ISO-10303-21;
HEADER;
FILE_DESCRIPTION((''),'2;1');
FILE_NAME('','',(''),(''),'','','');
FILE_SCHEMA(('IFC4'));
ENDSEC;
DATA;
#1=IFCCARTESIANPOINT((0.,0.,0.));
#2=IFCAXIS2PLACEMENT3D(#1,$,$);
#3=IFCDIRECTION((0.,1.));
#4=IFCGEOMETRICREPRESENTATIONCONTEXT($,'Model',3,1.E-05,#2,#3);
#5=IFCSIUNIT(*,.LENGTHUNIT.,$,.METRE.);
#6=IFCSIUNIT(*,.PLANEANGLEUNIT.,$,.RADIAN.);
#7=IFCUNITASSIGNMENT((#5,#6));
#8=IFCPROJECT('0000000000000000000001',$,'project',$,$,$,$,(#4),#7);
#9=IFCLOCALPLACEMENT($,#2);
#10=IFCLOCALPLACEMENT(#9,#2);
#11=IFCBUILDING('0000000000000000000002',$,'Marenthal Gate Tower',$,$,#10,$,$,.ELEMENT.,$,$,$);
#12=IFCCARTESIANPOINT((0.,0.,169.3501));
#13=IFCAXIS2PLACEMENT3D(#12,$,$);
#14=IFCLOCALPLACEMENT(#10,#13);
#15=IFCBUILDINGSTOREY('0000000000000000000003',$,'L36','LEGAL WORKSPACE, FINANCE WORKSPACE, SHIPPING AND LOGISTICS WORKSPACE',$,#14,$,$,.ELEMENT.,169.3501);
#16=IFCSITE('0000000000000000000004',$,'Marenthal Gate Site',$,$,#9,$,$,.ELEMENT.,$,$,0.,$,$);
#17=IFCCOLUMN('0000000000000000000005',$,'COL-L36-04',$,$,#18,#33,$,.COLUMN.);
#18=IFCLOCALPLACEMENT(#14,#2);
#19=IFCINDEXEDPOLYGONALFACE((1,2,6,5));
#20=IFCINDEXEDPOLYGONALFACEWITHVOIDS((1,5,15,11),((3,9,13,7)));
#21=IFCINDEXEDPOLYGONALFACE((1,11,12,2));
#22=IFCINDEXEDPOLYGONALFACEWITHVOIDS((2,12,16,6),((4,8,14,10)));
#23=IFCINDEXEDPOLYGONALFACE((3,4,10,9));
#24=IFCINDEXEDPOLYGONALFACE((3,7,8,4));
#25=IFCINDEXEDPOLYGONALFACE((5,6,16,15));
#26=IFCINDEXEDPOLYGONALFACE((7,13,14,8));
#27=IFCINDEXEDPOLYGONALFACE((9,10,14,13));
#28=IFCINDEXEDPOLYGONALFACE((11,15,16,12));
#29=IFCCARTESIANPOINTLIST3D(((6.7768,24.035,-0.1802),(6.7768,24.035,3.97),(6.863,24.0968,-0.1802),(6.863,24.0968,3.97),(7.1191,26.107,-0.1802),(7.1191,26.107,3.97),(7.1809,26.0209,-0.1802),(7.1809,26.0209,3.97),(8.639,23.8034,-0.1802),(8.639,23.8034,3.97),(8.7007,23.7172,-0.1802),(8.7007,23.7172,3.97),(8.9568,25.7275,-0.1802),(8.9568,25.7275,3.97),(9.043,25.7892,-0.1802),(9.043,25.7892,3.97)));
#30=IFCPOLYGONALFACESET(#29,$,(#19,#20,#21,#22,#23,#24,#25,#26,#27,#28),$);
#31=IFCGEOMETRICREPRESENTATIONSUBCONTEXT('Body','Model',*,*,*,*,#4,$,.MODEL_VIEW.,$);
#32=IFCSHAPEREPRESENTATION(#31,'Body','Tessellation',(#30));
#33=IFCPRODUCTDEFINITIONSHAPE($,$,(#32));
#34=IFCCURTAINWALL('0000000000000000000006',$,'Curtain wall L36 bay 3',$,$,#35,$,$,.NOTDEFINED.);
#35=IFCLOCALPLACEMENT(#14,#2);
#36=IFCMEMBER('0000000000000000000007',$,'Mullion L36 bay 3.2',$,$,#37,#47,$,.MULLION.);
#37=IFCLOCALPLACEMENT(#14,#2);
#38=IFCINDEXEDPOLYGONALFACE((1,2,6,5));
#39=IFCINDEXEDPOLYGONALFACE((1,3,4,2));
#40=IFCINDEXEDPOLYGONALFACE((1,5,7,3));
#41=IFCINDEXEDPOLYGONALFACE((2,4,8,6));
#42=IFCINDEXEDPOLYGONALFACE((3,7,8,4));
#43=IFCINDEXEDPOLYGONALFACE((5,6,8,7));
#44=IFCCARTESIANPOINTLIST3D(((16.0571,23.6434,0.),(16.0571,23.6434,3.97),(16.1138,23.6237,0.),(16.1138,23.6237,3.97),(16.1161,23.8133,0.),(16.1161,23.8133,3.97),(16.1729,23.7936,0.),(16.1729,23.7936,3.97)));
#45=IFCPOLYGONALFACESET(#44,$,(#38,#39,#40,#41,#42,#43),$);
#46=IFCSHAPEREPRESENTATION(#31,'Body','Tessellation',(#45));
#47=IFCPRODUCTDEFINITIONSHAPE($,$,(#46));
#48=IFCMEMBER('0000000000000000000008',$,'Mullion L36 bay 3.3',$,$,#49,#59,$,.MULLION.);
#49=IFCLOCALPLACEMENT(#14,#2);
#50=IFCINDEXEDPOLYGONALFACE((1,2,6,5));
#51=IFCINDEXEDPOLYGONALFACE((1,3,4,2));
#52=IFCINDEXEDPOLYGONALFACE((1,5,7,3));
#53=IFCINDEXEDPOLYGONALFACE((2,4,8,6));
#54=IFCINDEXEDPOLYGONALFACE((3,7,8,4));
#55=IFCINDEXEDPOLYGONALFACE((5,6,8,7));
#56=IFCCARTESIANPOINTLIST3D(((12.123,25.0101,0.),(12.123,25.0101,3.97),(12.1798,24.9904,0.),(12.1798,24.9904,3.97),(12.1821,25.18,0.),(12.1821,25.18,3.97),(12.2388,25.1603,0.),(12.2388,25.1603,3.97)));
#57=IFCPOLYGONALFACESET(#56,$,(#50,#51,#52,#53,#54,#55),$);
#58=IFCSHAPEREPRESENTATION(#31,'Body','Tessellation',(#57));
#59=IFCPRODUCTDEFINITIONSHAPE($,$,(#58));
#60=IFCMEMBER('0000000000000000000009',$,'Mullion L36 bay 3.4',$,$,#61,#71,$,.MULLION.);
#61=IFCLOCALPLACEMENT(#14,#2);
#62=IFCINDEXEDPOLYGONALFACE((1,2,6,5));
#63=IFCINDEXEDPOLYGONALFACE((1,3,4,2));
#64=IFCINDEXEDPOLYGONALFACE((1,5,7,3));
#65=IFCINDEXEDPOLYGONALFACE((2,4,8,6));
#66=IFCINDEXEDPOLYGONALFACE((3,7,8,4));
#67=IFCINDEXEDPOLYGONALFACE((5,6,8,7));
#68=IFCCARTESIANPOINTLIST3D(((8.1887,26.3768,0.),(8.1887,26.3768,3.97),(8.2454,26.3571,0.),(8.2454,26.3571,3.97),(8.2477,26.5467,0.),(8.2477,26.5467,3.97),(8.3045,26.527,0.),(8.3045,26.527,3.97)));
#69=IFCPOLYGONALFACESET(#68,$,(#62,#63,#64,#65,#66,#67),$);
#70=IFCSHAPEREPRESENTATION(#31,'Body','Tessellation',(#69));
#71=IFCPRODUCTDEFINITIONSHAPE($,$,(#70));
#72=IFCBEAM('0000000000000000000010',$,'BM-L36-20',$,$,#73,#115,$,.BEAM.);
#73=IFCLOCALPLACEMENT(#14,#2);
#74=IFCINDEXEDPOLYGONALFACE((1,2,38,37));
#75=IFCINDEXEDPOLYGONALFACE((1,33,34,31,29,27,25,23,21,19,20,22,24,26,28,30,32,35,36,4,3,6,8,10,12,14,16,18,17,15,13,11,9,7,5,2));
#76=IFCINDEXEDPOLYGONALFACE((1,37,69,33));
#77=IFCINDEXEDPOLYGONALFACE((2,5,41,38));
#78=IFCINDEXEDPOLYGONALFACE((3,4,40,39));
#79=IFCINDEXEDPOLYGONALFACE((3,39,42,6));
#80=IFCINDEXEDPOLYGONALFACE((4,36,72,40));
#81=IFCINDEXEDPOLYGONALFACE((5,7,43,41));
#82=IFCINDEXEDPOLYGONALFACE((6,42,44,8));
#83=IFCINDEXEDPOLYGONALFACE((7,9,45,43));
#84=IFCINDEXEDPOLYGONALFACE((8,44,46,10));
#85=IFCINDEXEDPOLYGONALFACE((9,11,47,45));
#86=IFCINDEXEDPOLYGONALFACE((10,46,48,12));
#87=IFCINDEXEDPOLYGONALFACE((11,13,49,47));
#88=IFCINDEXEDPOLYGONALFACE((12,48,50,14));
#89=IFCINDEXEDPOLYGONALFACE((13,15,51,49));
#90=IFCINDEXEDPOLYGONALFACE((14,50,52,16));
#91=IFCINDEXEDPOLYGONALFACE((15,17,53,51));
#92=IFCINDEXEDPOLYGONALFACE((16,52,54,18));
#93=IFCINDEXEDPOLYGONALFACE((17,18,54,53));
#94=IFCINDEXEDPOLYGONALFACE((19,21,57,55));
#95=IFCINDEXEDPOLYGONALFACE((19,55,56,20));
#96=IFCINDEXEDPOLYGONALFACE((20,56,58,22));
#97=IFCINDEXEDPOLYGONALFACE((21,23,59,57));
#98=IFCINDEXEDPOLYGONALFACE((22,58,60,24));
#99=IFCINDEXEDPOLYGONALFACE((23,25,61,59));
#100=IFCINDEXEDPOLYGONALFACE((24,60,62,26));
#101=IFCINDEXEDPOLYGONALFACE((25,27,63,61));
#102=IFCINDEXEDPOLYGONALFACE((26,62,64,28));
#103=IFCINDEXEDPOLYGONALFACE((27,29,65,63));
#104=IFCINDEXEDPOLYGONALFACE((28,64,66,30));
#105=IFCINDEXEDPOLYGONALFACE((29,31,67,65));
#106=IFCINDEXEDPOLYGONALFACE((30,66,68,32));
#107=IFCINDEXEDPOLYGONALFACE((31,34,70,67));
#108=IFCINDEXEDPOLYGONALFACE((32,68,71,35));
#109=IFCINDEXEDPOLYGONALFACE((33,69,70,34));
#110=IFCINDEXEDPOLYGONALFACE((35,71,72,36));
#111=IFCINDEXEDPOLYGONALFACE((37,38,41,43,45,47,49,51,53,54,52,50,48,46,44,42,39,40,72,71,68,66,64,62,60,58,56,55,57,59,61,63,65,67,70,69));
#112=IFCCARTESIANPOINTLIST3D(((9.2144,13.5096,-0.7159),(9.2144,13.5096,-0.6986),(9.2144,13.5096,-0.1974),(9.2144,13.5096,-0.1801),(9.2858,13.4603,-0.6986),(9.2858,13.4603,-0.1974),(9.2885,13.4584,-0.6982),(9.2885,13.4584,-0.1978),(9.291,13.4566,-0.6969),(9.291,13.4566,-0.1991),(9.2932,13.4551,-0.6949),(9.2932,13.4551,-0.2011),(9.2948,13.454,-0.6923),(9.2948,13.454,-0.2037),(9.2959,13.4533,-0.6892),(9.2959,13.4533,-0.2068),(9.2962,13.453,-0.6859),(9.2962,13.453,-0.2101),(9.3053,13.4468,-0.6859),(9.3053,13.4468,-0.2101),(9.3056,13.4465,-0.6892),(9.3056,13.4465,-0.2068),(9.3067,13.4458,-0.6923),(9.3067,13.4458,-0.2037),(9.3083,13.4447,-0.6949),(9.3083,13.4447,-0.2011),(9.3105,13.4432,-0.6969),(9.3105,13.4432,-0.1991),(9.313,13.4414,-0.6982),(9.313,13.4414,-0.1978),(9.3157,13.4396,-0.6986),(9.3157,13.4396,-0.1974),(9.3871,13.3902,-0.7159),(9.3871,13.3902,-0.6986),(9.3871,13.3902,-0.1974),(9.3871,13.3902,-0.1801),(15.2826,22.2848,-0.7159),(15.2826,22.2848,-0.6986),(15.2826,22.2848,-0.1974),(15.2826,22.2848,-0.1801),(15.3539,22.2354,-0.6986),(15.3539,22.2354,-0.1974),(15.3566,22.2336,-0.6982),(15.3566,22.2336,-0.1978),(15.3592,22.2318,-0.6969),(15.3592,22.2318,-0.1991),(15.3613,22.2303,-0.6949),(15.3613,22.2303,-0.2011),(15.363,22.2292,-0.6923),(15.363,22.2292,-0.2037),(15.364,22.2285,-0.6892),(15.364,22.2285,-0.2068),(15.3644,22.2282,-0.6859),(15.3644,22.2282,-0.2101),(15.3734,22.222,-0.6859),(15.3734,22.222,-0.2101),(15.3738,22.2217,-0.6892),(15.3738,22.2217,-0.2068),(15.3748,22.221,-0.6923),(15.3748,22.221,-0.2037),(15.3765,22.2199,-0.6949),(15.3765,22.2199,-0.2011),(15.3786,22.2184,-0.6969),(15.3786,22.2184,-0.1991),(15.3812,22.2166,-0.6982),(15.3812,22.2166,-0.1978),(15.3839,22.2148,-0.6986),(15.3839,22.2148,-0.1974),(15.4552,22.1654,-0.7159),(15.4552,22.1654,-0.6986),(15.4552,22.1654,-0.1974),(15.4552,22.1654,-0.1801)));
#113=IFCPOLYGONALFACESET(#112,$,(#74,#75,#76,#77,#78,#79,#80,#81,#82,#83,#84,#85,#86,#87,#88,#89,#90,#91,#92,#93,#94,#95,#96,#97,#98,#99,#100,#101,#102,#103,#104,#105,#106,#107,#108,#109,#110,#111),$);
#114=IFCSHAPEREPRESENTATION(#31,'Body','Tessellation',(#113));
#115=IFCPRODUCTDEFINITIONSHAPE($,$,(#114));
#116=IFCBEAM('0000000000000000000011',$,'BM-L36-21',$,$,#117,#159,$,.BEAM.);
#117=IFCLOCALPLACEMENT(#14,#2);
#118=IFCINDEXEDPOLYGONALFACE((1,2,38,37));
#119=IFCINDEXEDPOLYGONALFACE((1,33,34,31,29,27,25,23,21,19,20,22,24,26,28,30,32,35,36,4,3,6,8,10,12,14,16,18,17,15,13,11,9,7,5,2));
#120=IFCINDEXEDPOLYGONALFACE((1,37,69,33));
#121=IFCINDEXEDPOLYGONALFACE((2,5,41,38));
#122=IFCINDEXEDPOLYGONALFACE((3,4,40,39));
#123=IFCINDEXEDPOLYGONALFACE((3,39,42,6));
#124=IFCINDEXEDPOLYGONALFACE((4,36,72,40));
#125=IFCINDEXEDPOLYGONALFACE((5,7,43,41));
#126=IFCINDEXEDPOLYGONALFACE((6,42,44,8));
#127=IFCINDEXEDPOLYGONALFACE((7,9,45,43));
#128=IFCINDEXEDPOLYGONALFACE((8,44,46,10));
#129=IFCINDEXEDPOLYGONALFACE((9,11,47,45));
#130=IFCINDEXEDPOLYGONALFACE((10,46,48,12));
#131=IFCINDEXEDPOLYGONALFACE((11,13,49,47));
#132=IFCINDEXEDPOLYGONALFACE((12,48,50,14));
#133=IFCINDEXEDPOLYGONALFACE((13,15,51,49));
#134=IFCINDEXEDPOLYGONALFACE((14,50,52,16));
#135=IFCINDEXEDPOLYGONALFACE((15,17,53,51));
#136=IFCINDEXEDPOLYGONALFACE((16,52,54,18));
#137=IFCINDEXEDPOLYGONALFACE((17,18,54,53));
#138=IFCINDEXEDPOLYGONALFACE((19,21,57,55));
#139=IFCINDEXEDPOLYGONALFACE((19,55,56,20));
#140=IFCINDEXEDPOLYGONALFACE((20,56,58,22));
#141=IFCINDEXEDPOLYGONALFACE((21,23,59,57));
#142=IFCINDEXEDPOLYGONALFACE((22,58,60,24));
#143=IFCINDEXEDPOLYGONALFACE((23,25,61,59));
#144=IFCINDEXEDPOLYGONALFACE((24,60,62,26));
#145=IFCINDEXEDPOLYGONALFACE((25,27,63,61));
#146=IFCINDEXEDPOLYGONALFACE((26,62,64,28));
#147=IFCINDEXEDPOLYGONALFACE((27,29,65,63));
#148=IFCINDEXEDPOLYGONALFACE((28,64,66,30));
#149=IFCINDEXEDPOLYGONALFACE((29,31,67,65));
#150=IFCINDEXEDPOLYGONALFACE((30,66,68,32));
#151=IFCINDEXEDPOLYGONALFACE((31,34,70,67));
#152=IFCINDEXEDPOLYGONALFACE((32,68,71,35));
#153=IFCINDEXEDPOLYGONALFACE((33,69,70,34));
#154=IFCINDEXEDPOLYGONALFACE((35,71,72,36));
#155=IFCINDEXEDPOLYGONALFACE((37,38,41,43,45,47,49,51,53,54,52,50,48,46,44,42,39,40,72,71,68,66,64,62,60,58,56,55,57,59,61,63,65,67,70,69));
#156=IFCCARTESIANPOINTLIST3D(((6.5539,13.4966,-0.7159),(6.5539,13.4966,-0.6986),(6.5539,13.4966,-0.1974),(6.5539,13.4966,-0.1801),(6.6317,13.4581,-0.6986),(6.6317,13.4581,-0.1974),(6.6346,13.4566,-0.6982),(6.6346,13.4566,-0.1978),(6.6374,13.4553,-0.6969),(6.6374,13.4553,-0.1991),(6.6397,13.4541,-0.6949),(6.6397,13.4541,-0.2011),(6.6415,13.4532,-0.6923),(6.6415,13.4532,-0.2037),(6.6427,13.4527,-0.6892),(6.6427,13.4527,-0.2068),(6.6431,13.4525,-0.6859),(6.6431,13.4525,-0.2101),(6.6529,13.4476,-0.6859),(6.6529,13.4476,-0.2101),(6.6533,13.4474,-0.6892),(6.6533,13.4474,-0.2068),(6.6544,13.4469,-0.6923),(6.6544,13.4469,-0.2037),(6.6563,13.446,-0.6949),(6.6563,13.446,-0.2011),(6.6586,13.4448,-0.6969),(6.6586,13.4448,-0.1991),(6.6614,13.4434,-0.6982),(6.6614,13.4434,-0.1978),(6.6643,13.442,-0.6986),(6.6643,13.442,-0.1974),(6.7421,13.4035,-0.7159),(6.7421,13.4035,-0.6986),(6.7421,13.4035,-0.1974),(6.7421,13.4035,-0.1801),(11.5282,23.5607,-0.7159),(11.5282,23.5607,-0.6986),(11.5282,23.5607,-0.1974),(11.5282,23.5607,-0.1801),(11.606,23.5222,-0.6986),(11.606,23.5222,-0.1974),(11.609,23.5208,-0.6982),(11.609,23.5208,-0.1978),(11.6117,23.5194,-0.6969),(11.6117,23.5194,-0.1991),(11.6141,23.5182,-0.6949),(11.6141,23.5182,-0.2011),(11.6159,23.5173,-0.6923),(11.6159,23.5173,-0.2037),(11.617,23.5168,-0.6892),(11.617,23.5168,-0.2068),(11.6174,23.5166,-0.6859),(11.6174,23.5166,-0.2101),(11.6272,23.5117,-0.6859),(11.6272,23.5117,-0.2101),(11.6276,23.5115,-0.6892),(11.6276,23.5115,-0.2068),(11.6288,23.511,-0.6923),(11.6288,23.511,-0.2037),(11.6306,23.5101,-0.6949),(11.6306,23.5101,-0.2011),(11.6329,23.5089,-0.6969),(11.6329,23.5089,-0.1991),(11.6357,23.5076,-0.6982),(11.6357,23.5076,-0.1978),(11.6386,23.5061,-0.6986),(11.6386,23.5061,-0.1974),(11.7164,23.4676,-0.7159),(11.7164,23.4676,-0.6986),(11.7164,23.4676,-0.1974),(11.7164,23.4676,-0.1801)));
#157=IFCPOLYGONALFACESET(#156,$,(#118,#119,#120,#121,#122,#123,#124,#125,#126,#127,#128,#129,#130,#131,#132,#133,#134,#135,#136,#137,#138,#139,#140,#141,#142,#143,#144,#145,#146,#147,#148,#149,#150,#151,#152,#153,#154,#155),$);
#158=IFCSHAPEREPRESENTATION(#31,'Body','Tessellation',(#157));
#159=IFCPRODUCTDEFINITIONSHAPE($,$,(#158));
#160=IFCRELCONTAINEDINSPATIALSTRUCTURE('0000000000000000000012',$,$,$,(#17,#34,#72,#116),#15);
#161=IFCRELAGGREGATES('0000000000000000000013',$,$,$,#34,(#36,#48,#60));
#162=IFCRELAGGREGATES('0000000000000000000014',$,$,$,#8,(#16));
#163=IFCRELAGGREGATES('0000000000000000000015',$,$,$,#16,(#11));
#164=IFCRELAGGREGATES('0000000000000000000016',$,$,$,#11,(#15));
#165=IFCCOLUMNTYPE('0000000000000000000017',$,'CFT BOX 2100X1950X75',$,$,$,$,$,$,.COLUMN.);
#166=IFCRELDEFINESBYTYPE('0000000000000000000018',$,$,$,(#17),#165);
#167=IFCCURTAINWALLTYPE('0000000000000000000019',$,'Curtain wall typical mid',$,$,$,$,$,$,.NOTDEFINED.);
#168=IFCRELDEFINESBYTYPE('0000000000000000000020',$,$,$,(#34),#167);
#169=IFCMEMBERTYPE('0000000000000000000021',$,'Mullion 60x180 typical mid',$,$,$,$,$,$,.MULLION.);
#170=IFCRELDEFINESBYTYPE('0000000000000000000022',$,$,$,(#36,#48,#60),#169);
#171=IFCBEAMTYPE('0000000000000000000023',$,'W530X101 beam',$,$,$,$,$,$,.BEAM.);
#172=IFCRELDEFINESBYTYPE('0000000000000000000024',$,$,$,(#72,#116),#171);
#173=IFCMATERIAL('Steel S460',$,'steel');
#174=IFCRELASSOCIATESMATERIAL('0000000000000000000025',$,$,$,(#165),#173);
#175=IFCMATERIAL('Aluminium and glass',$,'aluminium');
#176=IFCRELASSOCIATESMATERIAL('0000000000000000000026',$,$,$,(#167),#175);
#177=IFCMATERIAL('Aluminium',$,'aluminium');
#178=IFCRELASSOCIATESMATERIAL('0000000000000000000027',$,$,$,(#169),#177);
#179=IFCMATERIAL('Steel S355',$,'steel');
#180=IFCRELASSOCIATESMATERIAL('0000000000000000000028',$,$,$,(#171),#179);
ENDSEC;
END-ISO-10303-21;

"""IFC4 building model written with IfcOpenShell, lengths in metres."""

from ifc_helpers import new_model, si_unit, direction, frame, origin, origin_2d, place, context, subcontext, project, spatial, rectangle, hollow_rectangle, i_section, extrude, material, material_profile, profile_set, type_object, element, aggregate, save


model = new_model("IFC4")

# Units and contexts
model_context = context("Model", 3, precision=1e-05, world=origin(), true_north=direction((0.0, 1.0)))
body_context = subcontext(model_context, "Body", "Model", "MODEL_VIEW")
ifc_project = project(units=[si_unit("LENGTHUNIT", "METRE"), si_unit("PLANEANGLEUNIT", "RADIAN")], contexts=[model_context])

# Site, building, storey
site_placement = place(None, origin())
site = spatial("IfcSite", under=ifc_project, at=site_placement, Name="Marenthal Gate Site", CompositionType="ELEMENT", RefElevation=0.0)
building_placement = place(site_placement, origin())
building = spatial("IfcBuilding", under=site, at=building_placement, Name="Marenthal Gate Tower", CompositionType="ELEMENT")
storey_placement = place(building_placement, frame((0.0, 0.0, 169.3501)))
storey = spatial("IfcBuildingStorey", under=building, at=storey_placement, Name="L36", Description="LEGAL WORKSPACE, FINANCE WORKSPACE, SHIPPING AND LOGISTICS WORKSPACE", CompositionType="ELEMENT", Elevation=169.3501)

# Column
ifc_material_1 = material(Name="Steel S460", Category="steel")
ifc_material_profile_1 = material_profile(ifc_material_1, hollow_rectangle(XDim=1.95, YDim=2.1001, WallThickness=0.075, at=origin_2d()), Name="CFT BOX 2100X1950X75")
ifc_material_2 = material(Name="Concrete 70 MPa", Category="concrete")
ifc_material_profile_2 = material_profile(ifc_material_2, rectangle(XDim=1.8, YDim=1.95, at=origin_2d()), Name="CFT BOX 2100X1950X75 INFILL")
ifc_profile_set_1 = profile_set([ifc_material_profile_1, ifc_material_profile_2], Name="Steel S460 shell, Concrete 70 MPa infill")
column_type = type_object("IfcColumnType", Name="CFT BOX 2100X1950X75", PredefinedType="COLUMN", material=ifc_profile_set_1)
column_placement = place(storey_placement, frame((7.9099, 24.9121, -0.1802), z_axis=(0.0, 0.0, 1.0), x_axis=(0.986627, -0.162997, 0.0)))
element("IfcColumn", 1, at=column_placement, inside=storey, type_object=column_type, Name="COL-L36-04", PredefinedType="COLUMN", context=body_context, shape_type="SweptSolid", body=[
    extrude(hollow_rectangle(XDim=1.95, YDim=2.1001, WallThickness=0.075, at=origin_2d()), origin(), (0.0, 0.0, 1.0), 4.1501),
])

# Curtain wall, members
ifc_material_3 = material(Name="Aluminium and glass", Category="aluminium")
curtain_wall_type = type_object("IfcCurtainWallType", Name="Curtain wall typical mid", PredefinedType="NOTDEFINED", material=ifc_material_3)
curtain_wall_placement = place(storey_placement, origin())
curtain_wall = element("IfcCurtainWall", 2, at=curtain_wall_placement, inside=storey, type_object=curtain_wall_type, Name="Curtain wall L36 bay 3", PredefinedType="NOTDEFINED")
ifc_material_4 = material(Name="Aluminium", Category="aluminium")
ifc_material_profile_3 = material_profile(ifc_material_4, rectangle(XDim=0.1799, YDim=0.0601, at=origin_2d()), Name="60x180 aluminium mullion")
ifc_profile_set_2 = profile_set([ifc_material_profile_3], Name="Aluminium")
member_type = type_object("IfcMemberType", Name="Mullion 60x180 typical mid", PredefinedType="MULLION", material=ifc_profile_set_2)
member_1_placement = place(storey_placement, frame((16.115, 23.7185, 0.0), z_axis=(0.0, 0.0, 1.0), x_axis=(-0.328158, -0.944623, 0.0)))
member_1 = element("IfcMember", 3, at=member_1_placement, type_object=member_type, Name="Mullion L36 bay 3.2", PredefinedType="MULLION", context=body_context, shape_type="SweptSolid", body=[
    extrude(rectangle(XDim=0.1799, YDim=0.0601, at=origin_2d()), origin(), (0.0, 0.0, 1.0), 3.97),
])
member_2_placement = place(storey_placement, frame((12.1809, 25.0852, 0.0), z_axis=(0.0, 0.0, 1.0), x_axis=(-0.328158, -0.944623, 0.0)))
member_2 = element("IfcMember", 4, at=member_2_placement, type_object=member_type, Name="Mullion L36 bay 3.3", PredefinedType="MULLION", context=body_context, shape_type="SweptSolid", body=[
    extrude(rectangle(XDim=0.1799, YDim=0.0601, at=origin_2d()), origin(), (0.0, 0.0, 1.0), 3.97),
])
member_3_placement = place(storey_placement, frame((8.2466, 26.4519, 0.0), z_axis=(0.0, 0.0, 1.0), x_axis=(-0.328158, -0.944623, 0.0)))
member_3 = element("IfcMember", 5, at=member_3_placement, type_object=member_type, Name="Mullion L36 bay 3.4", PredefinedType="MULLION", context=body_context, shape_type="SweptSolid", body=[
    extrude(rectangle(XDim=0.1799, YDim=0.0601, at=origin_2d()), origin(), (0.0, 0.0, 1.0), 3.97),
])

# Beams
ifc_material_5 = material(Name="Steel S355", Category="steel")
ifc_material_profile_4 = material_profile(ifc_material_5, i_section(OverallWidth=0.21, OverallDepth=0.5359, WebThickness=0.011, FlangeThickness=0.0173, FilletRadius=0.0127, at=origin_2d()), Name="W530X101")
ifc_profile_set_3 = profile_set([ifc_material_profile_4], Name="Steel S355")
beam_type_1 = type_object("IfcBeamType", Name="W530X101 beam", PredefinedType="BEAM", material=ifc_profile_set_3)
beam_1_placement = place(storey_placement, frame((15.3689, 22.2251, -0.448), z_axis=(-0.568767, -0.822499, 0.0), x_axis=(0.822499, -0.568767, 0.0)))
element("IfcBeam", 6, at=beam_1_placement, inside=storey, type_object=beam_type_1, Name="BM-L36-20", PredefinedType="BEAM", context=body_context, shape_type="SweptSolid", body=[
    extrude(i_section(OverallWidth=0.21, OverallDepth=0.5359, WebThickness=0.011, FlangeThickness=0.0173, FilletRadius=0.0127, at=origin_2d()), origin(), (0.0, 0.0, 1.0), 10.6689),
])
beam_2_placement = place(storey_placement, frame((11.6223, 23.5142, -0.448), z_axis=(-0.443094, -0.896475, 0.0), x_axis=(0.896475, -0.443094, 0.0)))
element("IfcBeam", 7, at=beam_2_placement, inside=storey, type_object=beam_type_1, Name="BM-L36-21", PredefinedType="BEAM", context=body_context, shape_type="SweptSolid", body=[
    extrude(i_section(OverallWidth=0.21, OverallDepth=0.5359, WebThickness=0.011, FlangeThickness=0.0173, FilletRadius=0.0127, at=origin_2d()), origin(), (0.0, 0.0, 1.0), 11.2263),
])

aggregate(curtain_wall, [member_1, member_2, member_3])

save(model, "model.ifc")
